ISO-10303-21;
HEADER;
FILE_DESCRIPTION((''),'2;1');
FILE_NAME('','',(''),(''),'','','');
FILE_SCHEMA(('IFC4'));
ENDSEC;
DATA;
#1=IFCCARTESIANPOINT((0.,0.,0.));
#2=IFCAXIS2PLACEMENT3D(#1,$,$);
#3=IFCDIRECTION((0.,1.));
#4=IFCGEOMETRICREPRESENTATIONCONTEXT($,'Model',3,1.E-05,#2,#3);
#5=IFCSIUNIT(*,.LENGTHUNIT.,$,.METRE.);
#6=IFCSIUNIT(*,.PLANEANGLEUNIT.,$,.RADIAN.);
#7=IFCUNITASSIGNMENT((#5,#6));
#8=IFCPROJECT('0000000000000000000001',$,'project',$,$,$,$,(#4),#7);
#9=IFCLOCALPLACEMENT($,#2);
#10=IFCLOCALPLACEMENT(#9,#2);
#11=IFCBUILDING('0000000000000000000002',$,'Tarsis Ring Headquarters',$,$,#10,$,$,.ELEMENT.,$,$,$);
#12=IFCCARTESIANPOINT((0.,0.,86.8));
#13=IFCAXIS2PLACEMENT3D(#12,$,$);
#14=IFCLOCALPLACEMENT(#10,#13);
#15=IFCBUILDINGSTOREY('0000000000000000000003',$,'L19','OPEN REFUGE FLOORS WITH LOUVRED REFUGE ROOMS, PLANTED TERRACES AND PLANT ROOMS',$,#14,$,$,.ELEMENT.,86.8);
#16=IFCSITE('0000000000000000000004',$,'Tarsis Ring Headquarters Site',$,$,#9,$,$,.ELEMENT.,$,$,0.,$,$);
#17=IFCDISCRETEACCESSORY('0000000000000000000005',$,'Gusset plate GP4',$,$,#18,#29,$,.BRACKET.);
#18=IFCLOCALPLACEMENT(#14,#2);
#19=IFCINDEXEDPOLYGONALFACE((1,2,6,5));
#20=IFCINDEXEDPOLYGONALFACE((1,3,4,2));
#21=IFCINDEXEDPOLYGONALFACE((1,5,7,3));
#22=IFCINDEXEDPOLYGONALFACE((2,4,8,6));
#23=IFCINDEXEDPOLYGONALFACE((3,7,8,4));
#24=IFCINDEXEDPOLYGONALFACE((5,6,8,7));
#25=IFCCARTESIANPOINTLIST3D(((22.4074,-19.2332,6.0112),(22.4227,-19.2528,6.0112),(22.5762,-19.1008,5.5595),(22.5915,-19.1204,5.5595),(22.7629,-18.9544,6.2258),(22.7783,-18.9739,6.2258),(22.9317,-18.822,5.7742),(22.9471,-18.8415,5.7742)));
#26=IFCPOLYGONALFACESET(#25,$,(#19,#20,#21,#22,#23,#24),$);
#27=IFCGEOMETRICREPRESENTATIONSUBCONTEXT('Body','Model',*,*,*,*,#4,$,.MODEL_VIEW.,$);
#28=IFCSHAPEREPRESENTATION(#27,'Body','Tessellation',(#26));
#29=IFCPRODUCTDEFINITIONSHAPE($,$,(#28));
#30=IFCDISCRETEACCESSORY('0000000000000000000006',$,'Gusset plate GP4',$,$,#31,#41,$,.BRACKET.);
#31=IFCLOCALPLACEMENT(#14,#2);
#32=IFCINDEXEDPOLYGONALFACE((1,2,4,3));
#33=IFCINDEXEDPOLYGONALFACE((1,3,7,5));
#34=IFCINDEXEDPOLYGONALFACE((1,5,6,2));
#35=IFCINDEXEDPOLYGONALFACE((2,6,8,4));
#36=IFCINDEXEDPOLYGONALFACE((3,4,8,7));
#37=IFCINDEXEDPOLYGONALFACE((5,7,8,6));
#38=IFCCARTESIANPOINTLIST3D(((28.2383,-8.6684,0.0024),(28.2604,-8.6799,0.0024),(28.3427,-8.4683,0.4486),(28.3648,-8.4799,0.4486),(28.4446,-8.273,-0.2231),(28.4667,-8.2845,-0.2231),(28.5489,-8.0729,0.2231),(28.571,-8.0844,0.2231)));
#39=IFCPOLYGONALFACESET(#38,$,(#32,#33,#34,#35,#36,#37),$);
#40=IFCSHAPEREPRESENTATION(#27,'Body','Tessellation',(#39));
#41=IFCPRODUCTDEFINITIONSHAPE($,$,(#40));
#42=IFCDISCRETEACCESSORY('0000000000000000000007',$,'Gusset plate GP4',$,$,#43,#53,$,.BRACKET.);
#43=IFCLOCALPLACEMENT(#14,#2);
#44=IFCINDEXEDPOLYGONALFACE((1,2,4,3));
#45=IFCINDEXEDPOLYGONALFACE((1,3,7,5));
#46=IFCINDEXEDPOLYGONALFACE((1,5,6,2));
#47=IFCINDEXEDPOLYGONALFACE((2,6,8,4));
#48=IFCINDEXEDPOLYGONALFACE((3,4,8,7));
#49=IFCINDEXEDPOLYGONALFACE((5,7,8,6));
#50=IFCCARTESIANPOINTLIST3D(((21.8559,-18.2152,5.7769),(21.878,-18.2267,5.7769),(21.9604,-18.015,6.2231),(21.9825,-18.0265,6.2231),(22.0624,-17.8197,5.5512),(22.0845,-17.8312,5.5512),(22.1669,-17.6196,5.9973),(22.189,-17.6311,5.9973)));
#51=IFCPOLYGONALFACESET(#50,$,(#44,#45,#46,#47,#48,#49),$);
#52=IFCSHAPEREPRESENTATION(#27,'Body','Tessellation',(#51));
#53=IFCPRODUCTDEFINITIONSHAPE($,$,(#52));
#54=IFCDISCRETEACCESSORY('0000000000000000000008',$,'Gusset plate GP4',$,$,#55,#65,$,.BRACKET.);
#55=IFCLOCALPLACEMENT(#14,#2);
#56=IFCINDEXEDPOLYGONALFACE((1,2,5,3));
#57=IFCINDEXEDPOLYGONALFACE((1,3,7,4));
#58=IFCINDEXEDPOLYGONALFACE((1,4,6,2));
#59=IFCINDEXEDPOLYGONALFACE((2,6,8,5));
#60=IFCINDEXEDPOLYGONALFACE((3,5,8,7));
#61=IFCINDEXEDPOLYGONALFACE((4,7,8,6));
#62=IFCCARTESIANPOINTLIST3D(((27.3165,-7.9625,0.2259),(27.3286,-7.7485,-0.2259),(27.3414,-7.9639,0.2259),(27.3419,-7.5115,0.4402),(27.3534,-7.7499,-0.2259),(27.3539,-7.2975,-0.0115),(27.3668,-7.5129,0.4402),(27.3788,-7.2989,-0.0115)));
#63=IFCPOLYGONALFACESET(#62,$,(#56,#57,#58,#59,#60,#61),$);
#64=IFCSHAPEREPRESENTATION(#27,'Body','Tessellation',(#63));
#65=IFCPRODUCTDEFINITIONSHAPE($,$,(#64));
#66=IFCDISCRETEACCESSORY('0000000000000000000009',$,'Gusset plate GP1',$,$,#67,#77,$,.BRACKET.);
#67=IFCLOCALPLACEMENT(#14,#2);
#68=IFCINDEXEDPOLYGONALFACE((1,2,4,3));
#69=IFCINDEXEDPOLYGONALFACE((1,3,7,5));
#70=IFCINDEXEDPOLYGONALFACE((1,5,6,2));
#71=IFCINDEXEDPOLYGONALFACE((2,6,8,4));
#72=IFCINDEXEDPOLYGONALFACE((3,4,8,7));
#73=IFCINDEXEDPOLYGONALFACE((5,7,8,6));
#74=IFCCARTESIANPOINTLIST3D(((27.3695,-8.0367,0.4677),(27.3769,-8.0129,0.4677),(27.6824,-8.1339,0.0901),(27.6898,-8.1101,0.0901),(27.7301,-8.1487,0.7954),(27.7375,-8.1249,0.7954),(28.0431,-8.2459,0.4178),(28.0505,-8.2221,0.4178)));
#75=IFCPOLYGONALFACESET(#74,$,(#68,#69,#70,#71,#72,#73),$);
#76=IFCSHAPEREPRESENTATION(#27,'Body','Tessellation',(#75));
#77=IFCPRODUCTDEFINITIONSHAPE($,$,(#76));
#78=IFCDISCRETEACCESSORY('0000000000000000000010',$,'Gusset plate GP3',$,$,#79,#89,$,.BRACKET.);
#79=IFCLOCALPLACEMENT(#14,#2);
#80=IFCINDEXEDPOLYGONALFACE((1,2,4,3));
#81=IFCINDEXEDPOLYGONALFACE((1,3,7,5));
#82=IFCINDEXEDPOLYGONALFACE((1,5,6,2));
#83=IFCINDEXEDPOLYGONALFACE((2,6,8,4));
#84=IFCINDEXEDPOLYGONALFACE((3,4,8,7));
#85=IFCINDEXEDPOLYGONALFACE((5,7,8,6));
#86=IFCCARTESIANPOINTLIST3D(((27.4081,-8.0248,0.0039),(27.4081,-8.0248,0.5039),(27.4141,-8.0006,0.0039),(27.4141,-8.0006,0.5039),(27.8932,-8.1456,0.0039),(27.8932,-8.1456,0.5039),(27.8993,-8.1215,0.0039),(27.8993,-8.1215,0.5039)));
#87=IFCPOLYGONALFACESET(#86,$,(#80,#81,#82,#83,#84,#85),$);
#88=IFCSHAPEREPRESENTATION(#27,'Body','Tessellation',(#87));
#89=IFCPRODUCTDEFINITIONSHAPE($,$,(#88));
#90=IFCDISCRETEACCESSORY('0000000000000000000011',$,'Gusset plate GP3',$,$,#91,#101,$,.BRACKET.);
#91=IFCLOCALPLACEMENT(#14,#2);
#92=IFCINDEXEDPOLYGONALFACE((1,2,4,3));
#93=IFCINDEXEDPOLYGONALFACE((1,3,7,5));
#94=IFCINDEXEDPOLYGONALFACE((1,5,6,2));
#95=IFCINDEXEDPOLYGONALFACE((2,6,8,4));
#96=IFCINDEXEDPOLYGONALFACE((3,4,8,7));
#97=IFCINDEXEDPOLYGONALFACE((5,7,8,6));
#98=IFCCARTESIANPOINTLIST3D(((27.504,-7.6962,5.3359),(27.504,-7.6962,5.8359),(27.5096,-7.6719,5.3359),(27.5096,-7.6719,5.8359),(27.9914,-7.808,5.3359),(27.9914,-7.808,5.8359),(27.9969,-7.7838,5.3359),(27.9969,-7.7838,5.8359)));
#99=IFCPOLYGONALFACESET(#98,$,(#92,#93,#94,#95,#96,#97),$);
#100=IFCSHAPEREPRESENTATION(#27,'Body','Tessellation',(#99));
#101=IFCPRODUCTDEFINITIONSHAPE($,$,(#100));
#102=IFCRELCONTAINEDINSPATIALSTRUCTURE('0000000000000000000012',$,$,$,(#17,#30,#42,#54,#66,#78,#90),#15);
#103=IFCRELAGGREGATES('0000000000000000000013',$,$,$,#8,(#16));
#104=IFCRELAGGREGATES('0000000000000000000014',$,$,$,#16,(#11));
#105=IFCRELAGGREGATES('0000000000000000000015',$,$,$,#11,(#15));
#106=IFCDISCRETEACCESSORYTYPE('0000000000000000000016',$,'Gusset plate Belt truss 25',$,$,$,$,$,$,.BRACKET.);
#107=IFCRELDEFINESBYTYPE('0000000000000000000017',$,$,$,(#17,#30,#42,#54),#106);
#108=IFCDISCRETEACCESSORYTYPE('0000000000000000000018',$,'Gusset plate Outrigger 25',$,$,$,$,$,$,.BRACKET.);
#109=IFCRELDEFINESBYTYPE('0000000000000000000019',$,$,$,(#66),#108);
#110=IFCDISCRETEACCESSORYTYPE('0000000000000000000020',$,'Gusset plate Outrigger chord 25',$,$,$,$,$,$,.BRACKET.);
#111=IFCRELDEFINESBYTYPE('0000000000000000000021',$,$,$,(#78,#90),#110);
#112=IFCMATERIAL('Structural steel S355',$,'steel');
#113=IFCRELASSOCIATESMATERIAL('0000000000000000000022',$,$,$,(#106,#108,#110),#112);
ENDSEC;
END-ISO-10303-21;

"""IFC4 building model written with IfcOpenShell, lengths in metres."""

from ifc_helpers import new_model, si_unit, direction, frame, origin, origin_2d, place, context, subcontext, project, spatial, rectangle, extrude, material, material_profile, profile_set, type_object, element, save


model = new_model("IFC4")

# Units and contexts
model_context = context("Model", 3, precision=1e-05, world=origin(), true_north=direction((0.0, 1.0)))
body_context = subcontext(model_context, "Body", "Model", "MODEL_VIEW")
ifc_project = project(units=[si_unit("LENGTHUNIT", "METRE"), si_unit("PLANEANGLEUNIT", "RADIAN")], contexts=[model_context])

# Site, building, storey
site_placement = place(None, origin())
site = spatial("IfcSite", under=ifc_project, at=site_placement, Name="Tarsis Ring Headquarters Site", CompositionType="ELEMENT", RefElevation=0.0)
building_placement = place(site_placement, origin())
building = spatial("IfcBuilding", under=site, at=building_placement, Name="Tarsis Ring Headquarters", CompositionType="ELEMENT")
storey_placement = place(building_placement, frame((0.0, 0.0, 86.8)))
storey = spatial("IfcBuildingStorey", under=building, at=storey_placement, Name="L19", Description="OPEN REFUGE FLOORS WITH LOUVRED REFUGE ROOMS, PLANTED TERRACES AND PLANT ROOMS", CompositionType="ELEMENT", Elevation=86.8)

# Shared definitions
ifc_material_1 = material(Name="Structural steel S355", Category="steel")

# Discrete accessories
ifc_material_profile_1 = material_profile(ifc_material_1, rectangle(XDim=0.0249, YDim=0.5, at=origin_2d()), Name="PL 25x500")
ifc_profile_set_1 = profile_set([ifc_material_profile_1], Name="Structural steel S355")
discrete_accessory_type_1 = type_object("IfcDiscreteAccessoryType", Name="Gusset plate Belt truss 25", PredefinedType="BRACKET", material=ifc_profile_set_1)
discrete_accessory_1_placement = place(storey_placement, frame((22.855, -18.8979, 6.0), z_axis=(-0.710731, -0.557455, -0.429075), x_axis=(0.617153, -0.786843, 0.0)))
element("IfcDiscreteAccessory", 1, at=discrete_accessory_1_placement, inside=storey, type_object=discrete_accessory_type_1, Name="Gusset plate GP4", PredefinedType="BRACKET", context=body_context, shape_type="SweptSolid", body=[
    extrude(rectangle(XDim=0.0249, YDim=0.5, at=origin_2d()), origin(), (0.0, 0.0, 1.0), 0.5002),
])
discrete_accessory_2_placement = place(storey_placement, frame((28.5078, -8.1787, 0.0), z_axis=(-0.412701, -0.791214, 0.451285), x_axis=(0.886634, -0.462472, 0.0)))
element("IfcDiscreteAccessory", 2, at=discrete_accessory_2_placement, inside=storey, type_object=discrete_accessory_type_1, Name="Gusset plate GP4", PredefinedType="BRACKET", context=body_context, shape_type="SweptSolid", body=[
    extrude(rectangle(XDim=0.0249, YDim=0.5, at=origin_2d()), origin(), (0.0, 0.0, 1.0), 0.4998),
])
for number, where, z_axis, x_axis, name in (
    (3, (21.9192, -18.1208, 6.0), (0.413015, 0.79088, -0.451583), (-0.886409, 0.462903, 0.0), "Gusset plate GP4"),
    (4, (27.335, -7.8562, 0.0), (0.050788, 0.901984, 0.428772), (-0.998418, 0.056218, 0.0), "Gusset plate GP4"),
):
    element("IfcDiscreteAccessory", number, at=place(storey_placement, frame(where, z_axis=z_axis, x_axis=x_axis)), inside=storey, type_object=discrete_accessory_type_1, Name=name, PredefinedType="BRACKET", context=body_context, shape_type="SweptSolid", body=[
        extrude(rectangle(XDim=0.0249, YDim=0.5, at=origin_2d()), origin(), (0.0, 0.0, 1.0), 0.5),
    ])
discrete_accessory_type_2 = type_object("IfcDiscreteAccessoryType", Name="Gusset plate Outrigger 25", PredefinedType="BRACKET", material=ifc_profile_set_1)
discrete_accessory_3_placement = place(storey_placement, frame((27.8665, -8.178, 0.2539), z_axis=(-0.625914, 0.194317, 0.755296), x_axis=(-0.296493, -0.955035, 0.0)))
element("IfcDiscreteAccessory", 5, at=discrete_accessory_3_placement, inside=storey, type_object=discrete_accessory_type_2, Name="Gusset plate GP1", PredefinedType="BRACKET", context=body_context, shape_type="SweptSolid", body=[
    extrude(rectangle(XDim=0.0249, YDim=0.5, at=origin_2d()), origin(), (0.0, 0.0, 1.0), 0.5),
])
discrete_accessory_type_3 = type_object("IfcDiscreteAccessoryType", Name="Gusset plate Outrigger chord 25", PredefinedType="BRACKET", material=ifc_profile_set_1)
for number, where, z_axis, x_axis, name in (
    (6, (27.8962, -8.1335, 0.2539), (-0.970343, 0.241731, 0.0), (-0.241731, -0.970343, 0.0), "Gusset plate GP3"),
    (7, (27.9941, -7.7959, 5.5859), (-0.97467, 0.223647, 0.0), (-0.223647, -0.97467, 0.0), "Gusset plate GP3"),
):
    element("IfcDiscreteAccessory", number, at=place(storey_placement, frame(where, z_axis=z_axis, x_axis=x_axis)), inside=storey, type_object=discrete_accessory_type_3, Name=name, PredefinedType="BRACKET", context=body_context, shape_type="SweptSolid", body=[
        extrude(rectangle(XDim=0.0249, YDim=0.5, at=origin_2d()), origin(), (0.0, 0.0, 1.0), 0.5),
    ])

save(model, "model.ifc")
